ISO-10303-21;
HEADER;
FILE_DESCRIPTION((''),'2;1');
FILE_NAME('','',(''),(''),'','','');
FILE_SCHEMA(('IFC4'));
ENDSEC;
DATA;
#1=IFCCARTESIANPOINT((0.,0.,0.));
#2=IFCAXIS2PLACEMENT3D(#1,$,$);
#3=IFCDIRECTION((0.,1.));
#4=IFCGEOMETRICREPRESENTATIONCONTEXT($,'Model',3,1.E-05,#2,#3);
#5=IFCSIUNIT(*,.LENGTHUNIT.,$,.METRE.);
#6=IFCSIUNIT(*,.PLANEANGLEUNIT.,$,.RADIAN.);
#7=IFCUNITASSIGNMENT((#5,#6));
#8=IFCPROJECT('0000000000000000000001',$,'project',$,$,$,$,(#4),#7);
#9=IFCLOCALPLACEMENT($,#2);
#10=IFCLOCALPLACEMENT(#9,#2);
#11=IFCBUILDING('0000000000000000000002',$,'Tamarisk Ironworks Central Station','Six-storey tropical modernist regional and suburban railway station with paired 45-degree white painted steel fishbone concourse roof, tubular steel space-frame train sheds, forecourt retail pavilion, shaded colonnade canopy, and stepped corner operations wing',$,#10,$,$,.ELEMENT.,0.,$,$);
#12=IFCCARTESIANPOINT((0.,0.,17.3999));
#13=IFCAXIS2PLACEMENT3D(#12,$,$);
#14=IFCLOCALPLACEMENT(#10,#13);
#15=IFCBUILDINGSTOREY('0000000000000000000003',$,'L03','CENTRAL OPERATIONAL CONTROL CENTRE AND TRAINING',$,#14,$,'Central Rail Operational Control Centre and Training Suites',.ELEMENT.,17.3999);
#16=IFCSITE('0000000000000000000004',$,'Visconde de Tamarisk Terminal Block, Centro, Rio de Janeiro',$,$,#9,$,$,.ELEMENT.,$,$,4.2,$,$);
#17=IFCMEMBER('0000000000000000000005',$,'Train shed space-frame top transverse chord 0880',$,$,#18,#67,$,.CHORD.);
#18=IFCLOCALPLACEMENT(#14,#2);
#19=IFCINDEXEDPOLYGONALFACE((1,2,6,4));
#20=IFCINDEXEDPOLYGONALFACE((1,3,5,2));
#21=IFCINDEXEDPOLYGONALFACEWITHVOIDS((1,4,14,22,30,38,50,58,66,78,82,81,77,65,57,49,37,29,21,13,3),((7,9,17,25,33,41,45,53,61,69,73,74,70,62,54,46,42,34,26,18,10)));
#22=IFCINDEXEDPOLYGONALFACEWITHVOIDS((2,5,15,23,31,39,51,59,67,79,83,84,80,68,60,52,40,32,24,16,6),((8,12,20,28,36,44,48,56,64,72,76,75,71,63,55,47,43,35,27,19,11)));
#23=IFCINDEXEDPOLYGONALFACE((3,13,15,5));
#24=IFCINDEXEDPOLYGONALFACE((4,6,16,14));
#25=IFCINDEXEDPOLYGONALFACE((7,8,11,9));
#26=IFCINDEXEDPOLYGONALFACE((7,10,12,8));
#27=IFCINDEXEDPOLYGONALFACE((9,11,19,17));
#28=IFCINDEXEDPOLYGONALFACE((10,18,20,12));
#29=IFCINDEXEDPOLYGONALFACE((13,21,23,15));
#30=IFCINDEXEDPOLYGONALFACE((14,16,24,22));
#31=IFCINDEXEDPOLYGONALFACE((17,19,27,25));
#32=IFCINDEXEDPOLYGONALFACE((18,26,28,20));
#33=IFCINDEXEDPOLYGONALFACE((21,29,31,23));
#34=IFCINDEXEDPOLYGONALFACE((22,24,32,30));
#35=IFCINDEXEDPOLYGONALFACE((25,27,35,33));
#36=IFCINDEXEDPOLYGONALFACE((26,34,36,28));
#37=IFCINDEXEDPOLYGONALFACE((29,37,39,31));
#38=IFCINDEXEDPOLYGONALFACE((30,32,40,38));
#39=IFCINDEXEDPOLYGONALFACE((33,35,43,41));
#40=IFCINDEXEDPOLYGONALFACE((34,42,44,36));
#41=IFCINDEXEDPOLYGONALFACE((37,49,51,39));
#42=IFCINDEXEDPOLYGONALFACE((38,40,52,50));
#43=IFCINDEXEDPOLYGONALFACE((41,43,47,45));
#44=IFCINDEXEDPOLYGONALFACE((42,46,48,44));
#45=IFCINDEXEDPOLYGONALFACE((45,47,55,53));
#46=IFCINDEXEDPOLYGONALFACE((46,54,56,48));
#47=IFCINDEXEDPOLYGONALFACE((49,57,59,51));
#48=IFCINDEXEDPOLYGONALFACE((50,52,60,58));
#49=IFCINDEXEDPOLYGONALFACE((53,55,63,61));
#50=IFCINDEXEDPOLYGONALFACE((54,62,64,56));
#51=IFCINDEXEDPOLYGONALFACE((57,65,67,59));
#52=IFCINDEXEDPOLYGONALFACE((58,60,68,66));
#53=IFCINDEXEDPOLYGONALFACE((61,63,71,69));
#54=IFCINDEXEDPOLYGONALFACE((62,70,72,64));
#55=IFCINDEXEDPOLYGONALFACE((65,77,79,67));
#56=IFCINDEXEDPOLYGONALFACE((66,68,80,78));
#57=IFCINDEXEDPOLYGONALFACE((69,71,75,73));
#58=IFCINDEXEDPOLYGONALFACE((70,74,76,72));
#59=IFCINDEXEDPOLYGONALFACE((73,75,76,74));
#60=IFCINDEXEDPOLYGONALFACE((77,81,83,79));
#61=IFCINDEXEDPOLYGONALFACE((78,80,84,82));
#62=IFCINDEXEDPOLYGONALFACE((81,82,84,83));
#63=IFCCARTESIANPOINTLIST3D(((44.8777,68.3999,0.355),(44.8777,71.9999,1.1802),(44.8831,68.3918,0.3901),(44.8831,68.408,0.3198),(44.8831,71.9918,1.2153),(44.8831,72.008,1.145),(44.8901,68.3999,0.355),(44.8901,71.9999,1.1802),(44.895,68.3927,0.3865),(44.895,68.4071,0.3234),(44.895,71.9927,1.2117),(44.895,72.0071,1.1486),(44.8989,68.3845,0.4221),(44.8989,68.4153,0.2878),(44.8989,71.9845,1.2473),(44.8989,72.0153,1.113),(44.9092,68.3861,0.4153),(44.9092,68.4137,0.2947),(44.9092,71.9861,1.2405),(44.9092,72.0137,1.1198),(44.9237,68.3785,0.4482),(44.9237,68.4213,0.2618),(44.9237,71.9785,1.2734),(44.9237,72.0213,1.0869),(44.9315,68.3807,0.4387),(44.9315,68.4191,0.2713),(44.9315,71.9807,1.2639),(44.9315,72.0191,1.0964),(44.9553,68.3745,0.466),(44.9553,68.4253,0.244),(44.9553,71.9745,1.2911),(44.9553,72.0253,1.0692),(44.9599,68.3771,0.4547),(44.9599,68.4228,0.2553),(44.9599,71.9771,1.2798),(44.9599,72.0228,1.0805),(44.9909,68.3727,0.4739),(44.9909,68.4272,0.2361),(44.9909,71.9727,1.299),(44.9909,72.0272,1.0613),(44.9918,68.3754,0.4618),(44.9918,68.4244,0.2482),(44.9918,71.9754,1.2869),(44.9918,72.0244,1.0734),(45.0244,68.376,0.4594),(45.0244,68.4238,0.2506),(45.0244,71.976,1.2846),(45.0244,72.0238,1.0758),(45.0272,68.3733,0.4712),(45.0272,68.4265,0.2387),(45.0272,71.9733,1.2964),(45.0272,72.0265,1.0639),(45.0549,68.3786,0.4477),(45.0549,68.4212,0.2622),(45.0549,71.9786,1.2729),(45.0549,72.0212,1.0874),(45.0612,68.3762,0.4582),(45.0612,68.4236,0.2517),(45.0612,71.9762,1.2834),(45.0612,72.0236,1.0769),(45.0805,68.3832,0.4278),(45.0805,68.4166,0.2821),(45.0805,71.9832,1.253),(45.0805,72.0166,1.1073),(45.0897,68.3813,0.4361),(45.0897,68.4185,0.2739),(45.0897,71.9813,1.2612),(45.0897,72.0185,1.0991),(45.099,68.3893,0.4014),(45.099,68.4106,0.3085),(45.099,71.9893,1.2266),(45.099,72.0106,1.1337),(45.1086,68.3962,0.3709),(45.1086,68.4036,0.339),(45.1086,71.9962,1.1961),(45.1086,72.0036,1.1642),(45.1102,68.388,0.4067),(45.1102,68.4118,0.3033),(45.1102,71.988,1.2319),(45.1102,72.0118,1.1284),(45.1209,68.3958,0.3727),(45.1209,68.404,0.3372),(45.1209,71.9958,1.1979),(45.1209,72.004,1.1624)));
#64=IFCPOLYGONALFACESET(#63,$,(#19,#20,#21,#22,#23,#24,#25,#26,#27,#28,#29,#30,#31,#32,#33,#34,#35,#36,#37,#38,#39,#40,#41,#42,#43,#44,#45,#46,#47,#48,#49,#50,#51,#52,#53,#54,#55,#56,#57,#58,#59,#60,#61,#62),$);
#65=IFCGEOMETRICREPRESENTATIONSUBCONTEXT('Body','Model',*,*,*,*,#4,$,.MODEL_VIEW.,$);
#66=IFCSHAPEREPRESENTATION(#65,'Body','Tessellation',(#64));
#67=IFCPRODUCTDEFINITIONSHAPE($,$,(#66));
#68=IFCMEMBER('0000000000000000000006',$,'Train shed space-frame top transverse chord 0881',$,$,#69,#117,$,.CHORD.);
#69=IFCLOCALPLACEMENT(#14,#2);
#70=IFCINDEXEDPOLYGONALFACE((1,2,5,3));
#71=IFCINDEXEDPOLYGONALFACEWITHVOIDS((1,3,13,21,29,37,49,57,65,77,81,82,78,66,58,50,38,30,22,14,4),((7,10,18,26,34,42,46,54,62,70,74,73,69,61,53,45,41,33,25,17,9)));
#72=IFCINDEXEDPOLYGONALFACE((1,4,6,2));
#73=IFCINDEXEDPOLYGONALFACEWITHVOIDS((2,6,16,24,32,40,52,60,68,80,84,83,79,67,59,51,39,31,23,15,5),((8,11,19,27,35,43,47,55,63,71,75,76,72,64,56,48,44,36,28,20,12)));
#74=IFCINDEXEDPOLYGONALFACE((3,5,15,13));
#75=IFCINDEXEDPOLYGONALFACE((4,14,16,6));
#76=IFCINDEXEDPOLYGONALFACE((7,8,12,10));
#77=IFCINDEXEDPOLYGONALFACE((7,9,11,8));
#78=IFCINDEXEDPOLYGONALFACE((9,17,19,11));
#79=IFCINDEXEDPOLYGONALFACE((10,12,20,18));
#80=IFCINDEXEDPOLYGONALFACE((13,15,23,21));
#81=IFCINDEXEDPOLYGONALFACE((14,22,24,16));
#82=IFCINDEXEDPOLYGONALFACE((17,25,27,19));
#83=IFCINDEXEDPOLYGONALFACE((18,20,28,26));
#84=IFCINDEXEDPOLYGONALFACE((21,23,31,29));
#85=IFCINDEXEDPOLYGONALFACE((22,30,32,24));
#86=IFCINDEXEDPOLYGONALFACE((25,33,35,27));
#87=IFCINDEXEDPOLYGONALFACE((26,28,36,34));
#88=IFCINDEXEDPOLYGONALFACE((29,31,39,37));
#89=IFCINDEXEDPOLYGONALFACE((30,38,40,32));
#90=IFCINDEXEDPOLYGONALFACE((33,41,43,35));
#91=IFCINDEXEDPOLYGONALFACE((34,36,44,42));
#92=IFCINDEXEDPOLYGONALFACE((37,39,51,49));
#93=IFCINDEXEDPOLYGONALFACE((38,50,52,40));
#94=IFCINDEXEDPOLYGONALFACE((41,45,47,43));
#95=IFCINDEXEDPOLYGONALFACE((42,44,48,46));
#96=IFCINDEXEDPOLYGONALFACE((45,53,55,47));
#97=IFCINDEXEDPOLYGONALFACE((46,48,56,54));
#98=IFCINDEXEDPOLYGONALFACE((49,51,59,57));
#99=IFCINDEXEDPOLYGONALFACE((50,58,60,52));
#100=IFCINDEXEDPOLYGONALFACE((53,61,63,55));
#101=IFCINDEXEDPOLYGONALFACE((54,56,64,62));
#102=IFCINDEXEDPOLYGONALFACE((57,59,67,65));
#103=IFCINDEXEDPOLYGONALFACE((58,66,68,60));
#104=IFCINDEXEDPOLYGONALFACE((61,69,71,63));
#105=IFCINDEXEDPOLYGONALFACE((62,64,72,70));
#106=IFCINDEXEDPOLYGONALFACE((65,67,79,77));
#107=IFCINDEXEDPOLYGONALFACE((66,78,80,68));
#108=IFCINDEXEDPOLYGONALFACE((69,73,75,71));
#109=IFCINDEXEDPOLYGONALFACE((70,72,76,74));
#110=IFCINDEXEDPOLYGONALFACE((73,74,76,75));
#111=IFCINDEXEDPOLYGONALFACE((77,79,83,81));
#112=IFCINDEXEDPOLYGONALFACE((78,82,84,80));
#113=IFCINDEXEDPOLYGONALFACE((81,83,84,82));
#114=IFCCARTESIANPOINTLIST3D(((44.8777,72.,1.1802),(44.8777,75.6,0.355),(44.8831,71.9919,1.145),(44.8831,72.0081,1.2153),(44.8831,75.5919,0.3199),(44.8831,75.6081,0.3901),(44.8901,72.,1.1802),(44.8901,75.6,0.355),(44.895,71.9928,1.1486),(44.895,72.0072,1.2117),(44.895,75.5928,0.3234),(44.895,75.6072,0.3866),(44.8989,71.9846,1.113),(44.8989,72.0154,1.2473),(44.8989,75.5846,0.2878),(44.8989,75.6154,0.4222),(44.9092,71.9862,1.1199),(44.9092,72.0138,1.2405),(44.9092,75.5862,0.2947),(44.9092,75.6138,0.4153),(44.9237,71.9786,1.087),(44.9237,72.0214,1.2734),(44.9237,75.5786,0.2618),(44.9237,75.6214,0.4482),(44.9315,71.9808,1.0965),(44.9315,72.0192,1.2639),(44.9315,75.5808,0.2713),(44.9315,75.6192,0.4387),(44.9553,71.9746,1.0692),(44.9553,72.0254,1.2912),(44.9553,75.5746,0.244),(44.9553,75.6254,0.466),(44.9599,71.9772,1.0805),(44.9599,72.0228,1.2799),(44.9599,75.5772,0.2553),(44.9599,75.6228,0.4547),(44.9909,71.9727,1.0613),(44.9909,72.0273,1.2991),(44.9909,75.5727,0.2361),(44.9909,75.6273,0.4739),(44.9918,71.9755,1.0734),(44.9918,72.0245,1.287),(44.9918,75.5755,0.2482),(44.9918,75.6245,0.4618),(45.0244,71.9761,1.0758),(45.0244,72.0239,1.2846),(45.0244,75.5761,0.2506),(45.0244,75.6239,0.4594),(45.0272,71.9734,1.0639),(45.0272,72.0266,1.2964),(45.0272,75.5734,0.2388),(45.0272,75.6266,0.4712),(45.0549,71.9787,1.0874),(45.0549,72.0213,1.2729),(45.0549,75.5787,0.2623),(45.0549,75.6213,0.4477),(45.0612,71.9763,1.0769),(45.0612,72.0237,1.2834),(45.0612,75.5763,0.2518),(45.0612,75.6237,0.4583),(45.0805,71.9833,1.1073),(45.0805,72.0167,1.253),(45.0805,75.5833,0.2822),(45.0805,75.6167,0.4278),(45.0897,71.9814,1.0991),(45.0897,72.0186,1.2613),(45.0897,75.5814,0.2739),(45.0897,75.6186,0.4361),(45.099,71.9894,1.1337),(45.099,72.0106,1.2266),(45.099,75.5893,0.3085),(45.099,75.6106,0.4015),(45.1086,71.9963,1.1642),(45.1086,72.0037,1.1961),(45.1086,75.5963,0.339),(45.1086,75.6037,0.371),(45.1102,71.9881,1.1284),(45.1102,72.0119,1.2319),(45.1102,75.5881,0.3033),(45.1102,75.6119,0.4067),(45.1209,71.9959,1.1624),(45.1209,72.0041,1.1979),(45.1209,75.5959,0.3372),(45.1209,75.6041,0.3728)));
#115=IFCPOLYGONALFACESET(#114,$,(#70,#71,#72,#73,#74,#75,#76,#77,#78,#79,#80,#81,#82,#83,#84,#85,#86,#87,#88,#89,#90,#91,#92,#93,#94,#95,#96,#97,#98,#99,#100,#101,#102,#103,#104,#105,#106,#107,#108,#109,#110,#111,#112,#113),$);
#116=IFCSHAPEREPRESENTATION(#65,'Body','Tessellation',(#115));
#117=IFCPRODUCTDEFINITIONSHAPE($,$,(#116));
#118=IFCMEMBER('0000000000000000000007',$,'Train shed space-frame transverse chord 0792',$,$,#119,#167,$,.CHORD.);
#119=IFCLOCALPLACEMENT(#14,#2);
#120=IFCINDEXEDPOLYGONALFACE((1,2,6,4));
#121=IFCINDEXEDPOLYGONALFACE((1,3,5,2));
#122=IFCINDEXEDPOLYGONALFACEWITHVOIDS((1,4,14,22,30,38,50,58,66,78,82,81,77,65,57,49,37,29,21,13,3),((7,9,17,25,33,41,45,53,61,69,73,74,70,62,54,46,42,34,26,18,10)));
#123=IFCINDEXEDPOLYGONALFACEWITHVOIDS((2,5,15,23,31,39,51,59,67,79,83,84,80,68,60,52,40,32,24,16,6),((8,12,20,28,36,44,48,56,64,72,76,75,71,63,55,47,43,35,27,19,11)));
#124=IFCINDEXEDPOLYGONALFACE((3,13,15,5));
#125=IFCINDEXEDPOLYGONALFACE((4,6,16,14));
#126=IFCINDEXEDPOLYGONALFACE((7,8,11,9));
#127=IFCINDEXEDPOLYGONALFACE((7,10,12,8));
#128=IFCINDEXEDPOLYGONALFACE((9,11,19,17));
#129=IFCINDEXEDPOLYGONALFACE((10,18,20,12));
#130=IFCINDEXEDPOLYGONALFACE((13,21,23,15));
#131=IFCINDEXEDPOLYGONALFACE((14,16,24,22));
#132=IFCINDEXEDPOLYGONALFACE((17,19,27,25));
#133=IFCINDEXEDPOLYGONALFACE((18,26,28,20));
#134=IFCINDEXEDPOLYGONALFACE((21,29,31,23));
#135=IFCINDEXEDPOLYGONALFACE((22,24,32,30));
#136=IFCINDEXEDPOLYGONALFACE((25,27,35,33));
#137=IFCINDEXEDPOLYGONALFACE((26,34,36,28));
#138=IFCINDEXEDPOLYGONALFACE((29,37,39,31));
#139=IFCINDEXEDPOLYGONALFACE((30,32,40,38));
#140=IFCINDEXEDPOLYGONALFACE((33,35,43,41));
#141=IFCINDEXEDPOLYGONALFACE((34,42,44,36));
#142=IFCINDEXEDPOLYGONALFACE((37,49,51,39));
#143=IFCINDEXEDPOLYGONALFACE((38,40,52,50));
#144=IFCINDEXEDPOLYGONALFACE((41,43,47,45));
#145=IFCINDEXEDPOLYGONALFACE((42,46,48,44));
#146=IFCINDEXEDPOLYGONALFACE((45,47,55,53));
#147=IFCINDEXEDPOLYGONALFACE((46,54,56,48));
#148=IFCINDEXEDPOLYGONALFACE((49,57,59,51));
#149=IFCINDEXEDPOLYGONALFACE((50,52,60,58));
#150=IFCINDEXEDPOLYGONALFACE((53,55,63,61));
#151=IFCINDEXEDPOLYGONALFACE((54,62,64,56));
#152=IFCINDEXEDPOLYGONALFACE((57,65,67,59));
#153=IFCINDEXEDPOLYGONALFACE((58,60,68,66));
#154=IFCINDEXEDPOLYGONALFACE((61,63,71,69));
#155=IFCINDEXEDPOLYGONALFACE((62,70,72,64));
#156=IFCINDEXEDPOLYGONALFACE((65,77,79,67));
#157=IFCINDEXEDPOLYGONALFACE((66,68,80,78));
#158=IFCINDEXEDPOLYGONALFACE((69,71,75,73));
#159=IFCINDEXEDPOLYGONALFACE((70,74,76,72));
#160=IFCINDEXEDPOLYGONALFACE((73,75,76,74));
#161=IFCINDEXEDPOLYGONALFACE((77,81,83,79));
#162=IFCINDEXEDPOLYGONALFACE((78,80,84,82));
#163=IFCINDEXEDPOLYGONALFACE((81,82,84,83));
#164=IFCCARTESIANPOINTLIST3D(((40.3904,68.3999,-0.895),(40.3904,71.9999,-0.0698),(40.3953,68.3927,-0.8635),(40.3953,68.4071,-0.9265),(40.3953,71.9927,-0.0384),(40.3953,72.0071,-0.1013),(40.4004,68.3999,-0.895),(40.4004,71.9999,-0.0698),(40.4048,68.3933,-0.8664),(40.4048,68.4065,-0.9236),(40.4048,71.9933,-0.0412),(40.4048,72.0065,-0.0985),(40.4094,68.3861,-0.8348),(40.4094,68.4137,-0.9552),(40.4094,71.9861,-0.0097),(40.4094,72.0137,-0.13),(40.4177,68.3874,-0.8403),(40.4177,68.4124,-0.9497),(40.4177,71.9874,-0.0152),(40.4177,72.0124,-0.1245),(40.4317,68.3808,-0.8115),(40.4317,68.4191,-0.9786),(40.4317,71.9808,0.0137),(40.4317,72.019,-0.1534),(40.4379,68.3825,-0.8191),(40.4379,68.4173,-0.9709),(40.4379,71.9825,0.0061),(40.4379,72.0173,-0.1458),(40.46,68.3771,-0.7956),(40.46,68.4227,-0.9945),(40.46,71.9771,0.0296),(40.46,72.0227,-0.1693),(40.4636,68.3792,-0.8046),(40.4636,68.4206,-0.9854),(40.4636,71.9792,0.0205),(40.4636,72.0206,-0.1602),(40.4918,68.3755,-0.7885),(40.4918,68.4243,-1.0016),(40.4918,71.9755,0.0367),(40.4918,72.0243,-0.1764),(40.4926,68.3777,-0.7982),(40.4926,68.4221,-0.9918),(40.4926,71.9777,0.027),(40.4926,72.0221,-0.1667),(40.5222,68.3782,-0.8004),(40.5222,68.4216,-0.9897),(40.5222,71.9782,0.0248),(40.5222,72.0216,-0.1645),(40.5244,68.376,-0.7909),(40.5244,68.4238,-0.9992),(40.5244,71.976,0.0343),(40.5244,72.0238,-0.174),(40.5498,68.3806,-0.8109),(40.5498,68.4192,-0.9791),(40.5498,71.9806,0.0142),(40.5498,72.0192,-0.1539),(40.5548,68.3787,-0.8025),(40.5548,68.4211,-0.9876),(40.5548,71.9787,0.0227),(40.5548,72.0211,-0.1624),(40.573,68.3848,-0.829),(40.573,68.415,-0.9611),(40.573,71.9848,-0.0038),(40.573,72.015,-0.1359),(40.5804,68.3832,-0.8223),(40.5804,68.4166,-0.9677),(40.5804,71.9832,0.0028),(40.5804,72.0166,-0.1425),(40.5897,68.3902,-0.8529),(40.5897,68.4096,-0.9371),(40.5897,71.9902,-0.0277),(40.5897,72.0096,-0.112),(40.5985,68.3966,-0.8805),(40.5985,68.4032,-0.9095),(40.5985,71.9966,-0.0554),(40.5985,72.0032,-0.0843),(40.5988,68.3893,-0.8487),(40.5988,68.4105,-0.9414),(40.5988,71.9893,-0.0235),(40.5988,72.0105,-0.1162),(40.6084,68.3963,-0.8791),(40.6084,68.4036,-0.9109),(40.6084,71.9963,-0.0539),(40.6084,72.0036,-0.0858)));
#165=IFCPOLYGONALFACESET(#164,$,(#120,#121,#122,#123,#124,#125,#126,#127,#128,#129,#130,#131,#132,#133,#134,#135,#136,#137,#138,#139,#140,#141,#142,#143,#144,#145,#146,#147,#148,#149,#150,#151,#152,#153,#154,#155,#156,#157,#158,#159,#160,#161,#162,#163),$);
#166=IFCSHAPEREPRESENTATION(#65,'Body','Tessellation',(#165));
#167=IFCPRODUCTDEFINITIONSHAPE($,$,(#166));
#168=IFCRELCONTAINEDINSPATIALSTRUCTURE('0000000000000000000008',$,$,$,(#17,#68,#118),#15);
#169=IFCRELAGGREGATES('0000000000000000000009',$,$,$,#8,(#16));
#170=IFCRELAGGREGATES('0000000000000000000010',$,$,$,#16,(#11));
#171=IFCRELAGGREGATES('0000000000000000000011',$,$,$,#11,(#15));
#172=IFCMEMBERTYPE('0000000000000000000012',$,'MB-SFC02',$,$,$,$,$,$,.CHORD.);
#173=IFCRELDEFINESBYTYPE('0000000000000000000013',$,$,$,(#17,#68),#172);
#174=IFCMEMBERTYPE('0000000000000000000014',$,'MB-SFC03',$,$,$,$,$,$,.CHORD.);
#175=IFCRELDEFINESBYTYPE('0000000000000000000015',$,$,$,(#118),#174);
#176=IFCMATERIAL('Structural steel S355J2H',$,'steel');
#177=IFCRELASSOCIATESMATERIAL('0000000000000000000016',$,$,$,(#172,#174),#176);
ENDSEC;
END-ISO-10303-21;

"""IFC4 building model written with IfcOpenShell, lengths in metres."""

from ifc_helpers import new_model, si_unit, direction, frame, origin, origin_2d, place, context, subcontext, project, spatial, hollow_circle, extrude, material, material_profile, profile_set, type_object, element, save


model = new_model("IFC4")

# Units and contexts
model_context = context("Model", 3, precision=1e-05, world=origin(), true_north=direction((0.0, 1.0)))
body_context = subcontext(model_context, "Body", "Model", "MODEL_VIEW")
ifc_project = project(units=[si_unit("LENGTHUNIT", "METRE"), si_unit("PLANEANGLEUNIT", "RADIAN")], contexts=[model_context])

# Site, building, storey
site_placement = place(None, origin())
site = spatial("IfcSite", under=ifc_project, at=site_placement, Name="Visconde de Tamarisk Terminal Block, Centro, Rio de Janeiro", CompositionType="ELEMENT", RefElevation=4.2)
building_placement = place(site_placement, origin())
building = spatial("IfcBuilding", under=site, at=building_placement, Name="Tamarisk Ironworks Central Station", Description="Six-storey tropical modernist regional and suburban railway station with paired 45-degree white painted steel fishbone concourse roof, tubular steel space-frame train sheds, forecourt retail pavilion, shaded colonnade canopy, and stepped corner operations wing", CompositionType="ELEMENT", ElevationOfRefHeight=0.0)
storey_placement = place(building_placement, frame((0.0, 0.0, 17.3999)))
storey = spatial("IfcBuildingStorey", under=building, at=storey_placement, Name="L03", Description="CENTRAL OPERATIONAL CONTROL CENTRE AND TRAINING", LongName="Central Rail Operational Control Centre and Training Suites", CompositionType="ELEMENT", Elevation=17.3999)

# Members
ifc_material_1 = material(Name="Structural steel S355J2H", Category="steel")
ifc_material_profile_1 = material_profile(ifc_material_1, hollow_circle(Radius=0.1223, WallThickness=0.0125, at=origin_2d()), Name="CHS 244.5x12.5")
ifc_profile_set_1 = profile_set([ifc_material_profile_1], Name="Structural steel S355J2H")
member_type_1 = type_object("IfcMemberType", Name="MB-SFC02", PredefinedType="CHORD", material=ifc_profile_set_1)
for number, where, z_axis, x_axis, name in (
    (1, (45.0, 68.3999, 0.355), (0.0, 0.974722, 0.223421), (-1.0, 0.0, 0.0), "Train shed space-frame top transverse chord 0880"),
    (2, (45.0, 72.0, 1.1802), (0.0, 0.974722, -0.223421), (-1.0, 0.0, 0.0), "Train shed space-frame top transverse chord 0881"),
):
    element("IfcMember", number, at=place(storey_placement, frame(where, z_axis=z_axis, x_axis=x_axis)), inside=storey, type_object=member_type_1, Name=name, PredefinedType="CHORD", context=body_context, shape_type="SweptSolid", body=[
        extrude(hollow_circle(Radius=0.1223, WallThickness=0.0125, at=origin_2d()), origin(), (0.0, 0.0, 1.0), 3.6934),
    ])
ifc_material_profile_2 = material_profile(ifc_material_1, hollow_circle(Radius=0.1096, WallThickness=0.01, at=origin_2d()), Name="CHS 219.1x10")
ifc_profile_set_2 = profile_set([ifc_material_profile_2], Name="Structural steel S355J2H")
member_type_2 = type_object("IfcMemberType", Name="MB-SFC03", PredefinedType="CHORD", material=ifc_profile_set_2)
for number, where, z_axis, x_axis, name in (
    (3, (40.5, 68.3999, -0.895), (0.0, 0.974722, 0.223421), (-1.0, 0.0, 0.0), "Train shed space-frame transverse chord 0792"),
):
    element("IfcMember", number, at=place(storey_placement, frame(where, z_axis=z_axis, x_axis=x_axis)), inside=storey, type_object=member_type_2, Name=name, PredefinedType="CHORD", context=body_context, shape_type="SweptSolid", body=[
        extrude(hollow_circle(Radius=0.1096, WallThickness=0.01, at=origin_2d()), origin(), (0.0, 0.0, 1.0), 3.6934),
    ])

save(model, "model.ifc")
